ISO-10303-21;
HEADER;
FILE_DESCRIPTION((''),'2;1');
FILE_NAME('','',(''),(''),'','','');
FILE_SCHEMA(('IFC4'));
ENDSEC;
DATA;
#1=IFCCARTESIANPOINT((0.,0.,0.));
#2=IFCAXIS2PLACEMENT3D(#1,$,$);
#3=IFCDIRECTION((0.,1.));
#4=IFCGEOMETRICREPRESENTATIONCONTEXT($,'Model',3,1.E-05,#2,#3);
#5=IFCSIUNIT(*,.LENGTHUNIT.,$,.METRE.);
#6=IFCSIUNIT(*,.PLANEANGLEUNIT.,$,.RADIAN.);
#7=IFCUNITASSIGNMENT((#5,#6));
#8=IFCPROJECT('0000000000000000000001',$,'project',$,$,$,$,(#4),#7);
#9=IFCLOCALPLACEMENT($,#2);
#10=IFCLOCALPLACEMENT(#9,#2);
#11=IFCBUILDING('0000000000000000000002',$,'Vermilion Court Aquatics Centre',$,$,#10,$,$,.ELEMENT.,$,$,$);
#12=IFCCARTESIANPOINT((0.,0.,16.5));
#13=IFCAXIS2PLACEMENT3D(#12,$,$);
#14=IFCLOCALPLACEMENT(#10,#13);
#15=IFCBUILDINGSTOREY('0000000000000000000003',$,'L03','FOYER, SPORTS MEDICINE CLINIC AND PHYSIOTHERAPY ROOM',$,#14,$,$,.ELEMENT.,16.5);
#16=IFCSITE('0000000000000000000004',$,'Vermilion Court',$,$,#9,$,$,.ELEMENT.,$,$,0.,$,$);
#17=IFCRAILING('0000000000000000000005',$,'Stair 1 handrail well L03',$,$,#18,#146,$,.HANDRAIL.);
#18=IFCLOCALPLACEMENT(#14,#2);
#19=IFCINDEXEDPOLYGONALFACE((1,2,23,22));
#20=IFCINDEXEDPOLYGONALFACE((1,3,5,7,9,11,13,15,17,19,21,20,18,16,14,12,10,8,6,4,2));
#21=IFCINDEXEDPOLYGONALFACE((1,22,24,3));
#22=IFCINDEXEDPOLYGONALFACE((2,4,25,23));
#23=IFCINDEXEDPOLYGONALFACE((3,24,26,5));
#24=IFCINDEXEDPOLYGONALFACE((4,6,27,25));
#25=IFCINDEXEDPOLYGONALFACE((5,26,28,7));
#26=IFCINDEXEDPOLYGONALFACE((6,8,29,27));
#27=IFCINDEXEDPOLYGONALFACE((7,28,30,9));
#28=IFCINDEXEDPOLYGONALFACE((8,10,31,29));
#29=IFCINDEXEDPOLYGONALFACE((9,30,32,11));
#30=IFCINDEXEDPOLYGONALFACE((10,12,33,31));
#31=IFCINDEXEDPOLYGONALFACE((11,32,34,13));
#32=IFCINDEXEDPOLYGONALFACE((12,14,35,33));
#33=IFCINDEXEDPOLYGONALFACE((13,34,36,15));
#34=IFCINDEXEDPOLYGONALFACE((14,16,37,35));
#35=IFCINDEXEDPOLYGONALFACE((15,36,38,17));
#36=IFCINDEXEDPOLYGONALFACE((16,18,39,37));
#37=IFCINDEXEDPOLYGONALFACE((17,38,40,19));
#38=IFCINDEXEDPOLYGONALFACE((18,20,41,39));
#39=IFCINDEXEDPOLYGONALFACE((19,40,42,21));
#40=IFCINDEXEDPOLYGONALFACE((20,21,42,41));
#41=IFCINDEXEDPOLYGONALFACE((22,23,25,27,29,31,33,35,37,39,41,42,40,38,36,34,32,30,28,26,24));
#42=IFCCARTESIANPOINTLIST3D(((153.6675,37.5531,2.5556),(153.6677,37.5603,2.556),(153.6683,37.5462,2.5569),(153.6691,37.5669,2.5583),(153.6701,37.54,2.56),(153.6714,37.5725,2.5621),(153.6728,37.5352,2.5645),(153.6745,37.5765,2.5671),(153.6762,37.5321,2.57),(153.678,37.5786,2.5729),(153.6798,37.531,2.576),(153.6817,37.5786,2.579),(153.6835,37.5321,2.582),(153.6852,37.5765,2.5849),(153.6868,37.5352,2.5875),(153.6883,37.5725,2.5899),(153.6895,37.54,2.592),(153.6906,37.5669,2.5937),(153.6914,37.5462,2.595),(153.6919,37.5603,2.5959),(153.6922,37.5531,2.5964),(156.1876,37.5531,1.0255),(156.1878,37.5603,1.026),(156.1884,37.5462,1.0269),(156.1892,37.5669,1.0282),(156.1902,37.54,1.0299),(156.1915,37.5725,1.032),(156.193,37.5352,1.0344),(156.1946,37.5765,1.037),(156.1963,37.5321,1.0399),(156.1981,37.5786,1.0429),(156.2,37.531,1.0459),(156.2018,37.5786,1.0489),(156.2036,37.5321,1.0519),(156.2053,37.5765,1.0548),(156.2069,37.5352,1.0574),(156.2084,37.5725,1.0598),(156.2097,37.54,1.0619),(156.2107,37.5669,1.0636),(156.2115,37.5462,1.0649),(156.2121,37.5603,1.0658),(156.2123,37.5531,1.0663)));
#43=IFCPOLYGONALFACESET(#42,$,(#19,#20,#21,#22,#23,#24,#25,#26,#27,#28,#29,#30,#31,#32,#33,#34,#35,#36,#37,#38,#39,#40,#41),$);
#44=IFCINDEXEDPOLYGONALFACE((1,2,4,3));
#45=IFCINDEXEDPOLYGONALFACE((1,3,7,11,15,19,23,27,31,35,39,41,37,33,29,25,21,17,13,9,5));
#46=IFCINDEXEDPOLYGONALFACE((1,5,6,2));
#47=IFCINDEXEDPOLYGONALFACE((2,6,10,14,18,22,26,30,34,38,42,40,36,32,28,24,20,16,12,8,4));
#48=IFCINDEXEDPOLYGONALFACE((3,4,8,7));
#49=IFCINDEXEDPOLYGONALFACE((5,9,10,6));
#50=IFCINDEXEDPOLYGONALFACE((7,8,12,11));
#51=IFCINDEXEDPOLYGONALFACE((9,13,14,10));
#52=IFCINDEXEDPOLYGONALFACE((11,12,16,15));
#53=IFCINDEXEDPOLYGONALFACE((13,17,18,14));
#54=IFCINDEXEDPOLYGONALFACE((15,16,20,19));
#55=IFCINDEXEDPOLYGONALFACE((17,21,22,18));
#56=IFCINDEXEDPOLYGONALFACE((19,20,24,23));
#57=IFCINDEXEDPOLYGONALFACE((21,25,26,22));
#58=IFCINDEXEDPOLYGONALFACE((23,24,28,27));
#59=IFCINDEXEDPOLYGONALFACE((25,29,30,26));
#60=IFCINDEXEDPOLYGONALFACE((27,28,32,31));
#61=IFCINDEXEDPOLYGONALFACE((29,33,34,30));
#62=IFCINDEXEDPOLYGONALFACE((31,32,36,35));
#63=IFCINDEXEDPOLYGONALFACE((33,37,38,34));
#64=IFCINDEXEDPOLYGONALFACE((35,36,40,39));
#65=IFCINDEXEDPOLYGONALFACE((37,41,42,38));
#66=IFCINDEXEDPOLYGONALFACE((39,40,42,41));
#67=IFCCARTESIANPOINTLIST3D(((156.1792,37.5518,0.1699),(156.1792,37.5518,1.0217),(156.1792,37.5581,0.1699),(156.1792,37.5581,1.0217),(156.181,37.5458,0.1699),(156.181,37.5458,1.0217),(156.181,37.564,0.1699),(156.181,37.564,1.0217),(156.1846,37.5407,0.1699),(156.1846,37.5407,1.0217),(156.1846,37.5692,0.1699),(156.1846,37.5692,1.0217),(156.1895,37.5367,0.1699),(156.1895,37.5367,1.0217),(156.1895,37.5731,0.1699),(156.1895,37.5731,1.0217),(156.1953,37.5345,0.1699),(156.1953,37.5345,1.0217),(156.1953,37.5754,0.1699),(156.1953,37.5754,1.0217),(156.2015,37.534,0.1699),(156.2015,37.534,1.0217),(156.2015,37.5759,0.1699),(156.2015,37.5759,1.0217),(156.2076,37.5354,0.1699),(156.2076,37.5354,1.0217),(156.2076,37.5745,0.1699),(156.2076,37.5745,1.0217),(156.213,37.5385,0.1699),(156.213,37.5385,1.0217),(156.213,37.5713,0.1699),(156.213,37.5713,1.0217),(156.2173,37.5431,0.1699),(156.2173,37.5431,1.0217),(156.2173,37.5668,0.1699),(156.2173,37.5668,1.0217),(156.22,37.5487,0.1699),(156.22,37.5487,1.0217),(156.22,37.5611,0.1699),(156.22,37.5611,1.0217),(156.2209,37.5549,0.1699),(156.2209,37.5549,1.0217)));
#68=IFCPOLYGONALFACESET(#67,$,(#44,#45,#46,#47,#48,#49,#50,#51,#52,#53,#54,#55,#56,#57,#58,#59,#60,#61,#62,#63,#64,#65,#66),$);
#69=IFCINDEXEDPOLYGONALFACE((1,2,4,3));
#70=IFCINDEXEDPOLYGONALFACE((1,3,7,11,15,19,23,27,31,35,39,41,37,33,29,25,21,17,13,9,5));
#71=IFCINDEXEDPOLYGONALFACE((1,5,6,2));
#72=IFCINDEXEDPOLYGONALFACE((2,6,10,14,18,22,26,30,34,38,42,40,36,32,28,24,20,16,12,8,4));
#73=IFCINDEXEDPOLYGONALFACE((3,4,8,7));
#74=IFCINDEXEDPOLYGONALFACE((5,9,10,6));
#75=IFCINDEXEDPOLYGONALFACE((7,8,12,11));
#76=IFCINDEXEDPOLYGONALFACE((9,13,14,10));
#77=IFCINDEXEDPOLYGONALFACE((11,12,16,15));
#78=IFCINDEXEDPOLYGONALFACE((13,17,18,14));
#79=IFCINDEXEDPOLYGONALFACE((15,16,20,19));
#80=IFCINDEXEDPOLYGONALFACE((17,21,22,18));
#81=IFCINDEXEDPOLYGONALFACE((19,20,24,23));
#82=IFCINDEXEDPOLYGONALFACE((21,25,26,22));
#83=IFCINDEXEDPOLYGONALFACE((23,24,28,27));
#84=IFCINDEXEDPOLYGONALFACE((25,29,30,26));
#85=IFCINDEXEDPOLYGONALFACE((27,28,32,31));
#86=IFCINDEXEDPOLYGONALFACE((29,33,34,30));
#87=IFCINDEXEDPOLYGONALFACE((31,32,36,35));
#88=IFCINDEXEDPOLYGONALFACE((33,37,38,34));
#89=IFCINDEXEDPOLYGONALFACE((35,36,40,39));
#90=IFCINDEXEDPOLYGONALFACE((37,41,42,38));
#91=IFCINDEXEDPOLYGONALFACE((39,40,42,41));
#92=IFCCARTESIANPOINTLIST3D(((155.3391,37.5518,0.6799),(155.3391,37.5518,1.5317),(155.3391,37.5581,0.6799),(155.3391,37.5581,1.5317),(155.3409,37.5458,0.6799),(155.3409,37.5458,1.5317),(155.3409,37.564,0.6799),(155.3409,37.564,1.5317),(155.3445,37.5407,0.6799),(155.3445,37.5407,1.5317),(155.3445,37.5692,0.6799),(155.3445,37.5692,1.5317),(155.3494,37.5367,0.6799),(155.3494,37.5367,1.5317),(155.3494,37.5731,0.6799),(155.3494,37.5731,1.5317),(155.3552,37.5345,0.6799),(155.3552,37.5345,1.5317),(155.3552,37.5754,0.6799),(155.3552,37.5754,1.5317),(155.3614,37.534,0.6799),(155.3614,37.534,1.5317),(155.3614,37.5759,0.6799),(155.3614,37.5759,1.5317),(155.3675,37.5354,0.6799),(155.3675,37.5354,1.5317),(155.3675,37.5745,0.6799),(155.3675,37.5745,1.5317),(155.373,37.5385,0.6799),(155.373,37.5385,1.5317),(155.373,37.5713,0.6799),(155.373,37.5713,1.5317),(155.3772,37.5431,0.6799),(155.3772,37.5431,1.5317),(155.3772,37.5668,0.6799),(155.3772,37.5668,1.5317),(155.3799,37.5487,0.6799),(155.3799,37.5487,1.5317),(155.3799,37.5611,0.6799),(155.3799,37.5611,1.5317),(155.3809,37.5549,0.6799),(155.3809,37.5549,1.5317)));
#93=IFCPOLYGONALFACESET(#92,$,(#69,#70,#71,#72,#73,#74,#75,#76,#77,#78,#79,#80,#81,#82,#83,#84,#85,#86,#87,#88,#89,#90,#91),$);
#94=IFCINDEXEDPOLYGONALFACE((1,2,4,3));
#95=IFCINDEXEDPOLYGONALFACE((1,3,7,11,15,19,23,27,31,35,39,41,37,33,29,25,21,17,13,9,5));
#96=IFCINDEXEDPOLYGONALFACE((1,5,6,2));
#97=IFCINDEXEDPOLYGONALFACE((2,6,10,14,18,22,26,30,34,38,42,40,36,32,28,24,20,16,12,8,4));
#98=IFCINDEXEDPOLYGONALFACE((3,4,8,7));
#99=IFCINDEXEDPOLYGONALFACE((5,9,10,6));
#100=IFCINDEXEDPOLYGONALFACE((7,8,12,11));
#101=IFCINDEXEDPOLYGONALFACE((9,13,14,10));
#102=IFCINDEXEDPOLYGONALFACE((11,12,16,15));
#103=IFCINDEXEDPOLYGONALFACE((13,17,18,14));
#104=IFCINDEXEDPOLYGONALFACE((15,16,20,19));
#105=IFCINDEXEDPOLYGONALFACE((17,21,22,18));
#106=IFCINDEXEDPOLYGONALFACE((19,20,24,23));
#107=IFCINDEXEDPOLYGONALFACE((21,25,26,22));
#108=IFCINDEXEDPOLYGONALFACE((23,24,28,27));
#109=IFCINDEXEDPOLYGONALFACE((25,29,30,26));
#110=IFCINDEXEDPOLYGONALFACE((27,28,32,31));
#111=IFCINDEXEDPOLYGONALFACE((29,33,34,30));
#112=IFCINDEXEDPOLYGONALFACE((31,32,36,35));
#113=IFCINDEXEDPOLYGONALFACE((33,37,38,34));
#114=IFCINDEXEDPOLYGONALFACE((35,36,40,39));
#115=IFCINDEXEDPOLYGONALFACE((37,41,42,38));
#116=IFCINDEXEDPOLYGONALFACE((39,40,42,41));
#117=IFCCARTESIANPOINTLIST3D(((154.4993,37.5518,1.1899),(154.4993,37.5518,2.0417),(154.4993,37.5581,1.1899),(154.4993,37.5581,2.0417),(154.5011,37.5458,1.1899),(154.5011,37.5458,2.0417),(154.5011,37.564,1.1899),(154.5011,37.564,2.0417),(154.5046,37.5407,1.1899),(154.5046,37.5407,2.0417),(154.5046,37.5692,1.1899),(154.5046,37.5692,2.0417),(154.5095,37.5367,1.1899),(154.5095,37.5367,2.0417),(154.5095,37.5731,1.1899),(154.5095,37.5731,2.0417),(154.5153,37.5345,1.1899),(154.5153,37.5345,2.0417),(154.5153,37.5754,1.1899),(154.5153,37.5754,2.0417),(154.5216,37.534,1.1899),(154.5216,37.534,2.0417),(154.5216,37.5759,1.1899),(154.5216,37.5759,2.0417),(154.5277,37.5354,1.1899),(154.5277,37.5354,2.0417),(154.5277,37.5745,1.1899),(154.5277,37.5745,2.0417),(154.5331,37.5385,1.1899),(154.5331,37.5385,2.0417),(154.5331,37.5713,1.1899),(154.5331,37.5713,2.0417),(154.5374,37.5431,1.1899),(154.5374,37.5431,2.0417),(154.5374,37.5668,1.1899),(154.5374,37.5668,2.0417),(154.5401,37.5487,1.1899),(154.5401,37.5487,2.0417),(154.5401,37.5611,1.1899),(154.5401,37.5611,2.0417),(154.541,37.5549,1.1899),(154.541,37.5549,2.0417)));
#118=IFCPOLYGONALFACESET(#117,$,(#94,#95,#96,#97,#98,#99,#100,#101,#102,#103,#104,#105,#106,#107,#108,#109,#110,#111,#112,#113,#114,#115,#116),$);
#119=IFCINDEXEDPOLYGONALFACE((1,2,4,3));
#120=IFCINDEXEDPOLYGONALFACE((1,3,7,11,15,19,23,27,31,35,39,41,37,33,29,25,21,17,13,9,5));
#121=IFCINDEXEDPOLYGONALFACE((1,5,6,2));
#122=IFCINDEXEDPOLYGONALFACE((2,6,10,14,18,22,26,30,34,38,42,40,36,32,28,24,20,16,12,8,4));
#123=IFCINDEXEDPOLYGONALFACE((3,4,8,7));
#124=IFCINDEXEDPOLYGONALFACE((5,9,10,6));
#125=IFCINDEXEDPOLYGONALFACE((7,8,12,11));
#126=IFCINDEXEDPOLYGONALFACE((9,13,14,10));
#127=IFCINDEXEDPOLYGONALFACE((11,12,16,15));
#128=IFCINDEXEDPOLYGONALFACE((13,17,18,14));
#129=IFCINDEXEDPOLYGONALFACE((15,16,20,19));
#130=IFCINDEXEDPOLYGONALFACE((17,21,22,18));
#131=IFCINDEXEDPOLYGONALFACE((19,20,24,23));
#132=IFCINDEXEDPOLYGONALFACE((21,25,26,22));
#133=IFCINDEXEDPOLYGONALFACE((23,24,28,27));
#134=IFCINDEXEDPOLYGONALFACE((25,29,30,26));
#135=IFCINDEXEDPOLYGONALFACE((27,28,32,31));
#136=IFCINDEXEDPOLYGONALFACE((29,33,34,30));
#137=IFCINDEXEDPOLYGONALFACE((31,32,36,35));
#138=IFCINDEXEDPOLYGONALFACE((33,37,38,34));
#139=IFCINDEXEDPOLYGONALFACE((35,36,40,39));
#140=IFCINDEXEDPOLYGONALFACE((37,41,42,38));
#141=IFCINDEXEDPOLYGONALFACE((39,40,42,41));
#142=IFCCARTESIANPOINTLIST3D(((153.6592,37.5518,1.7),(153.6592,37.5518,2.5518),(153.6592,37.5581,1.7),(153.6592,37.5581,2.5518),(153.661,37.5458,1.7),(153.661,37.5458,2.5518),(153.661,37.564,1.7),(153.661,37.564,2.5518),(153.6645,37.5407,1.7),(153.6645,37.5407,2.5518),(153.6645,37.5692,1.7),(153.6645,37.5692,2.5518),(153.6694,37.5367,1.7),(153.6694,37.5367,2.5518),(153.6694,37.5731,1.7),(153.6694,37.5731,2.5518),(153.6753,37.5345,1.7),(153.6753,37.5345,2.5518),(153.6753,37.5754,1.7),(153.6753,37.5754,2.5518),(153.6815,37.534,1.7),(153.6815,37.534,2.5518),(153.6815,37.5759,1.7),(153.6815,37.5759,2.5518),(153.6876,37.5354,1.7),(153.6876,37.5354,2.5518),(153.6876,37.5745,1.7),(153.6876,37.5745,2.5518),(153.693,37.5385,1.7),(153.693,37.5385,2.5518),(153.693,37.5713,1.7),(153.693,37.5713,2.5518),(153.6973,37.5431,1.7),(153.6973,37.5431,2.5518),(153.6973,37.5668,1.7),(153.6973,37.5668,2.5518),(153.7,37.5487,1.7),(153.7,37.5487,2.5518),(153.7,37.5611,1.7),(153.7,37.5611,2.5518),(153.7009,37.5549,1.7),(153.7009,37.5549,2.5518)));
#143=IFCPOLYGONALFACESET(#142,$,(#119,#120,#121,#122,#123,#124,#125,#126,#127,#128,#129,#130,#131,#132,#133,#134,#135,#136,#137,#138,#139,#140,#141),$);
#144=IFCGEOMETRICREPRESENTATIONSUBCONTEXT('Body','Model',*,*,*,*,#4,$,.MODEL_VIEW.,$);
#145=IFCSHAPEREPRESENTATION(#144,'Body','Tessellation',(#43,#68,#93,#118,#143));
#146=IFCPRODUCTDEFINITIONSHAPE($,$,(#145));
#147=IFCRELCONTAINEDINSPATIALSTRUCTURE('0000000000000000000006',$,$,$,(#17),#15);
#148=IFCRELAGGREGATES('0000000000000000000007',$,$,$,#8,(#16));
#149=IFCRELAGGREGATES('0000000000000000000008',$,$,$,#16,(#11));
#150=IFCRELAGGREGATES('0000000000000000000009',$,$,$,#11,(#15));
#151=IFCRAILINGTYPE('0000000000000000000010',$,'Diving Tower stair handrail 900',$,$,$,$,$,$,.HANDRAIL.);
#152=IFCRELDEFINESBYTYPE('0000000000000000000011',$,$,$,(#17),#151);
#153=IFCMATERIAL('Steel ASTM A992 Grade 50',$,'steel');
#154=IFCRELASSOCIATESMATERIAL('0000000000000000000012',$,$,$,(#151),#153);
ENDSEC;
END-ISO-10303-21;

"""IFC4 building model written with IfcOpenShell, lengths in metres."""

from ifc_helpers import new_model, si_unit, direction, frame, origin, origin_2d, place, context, subcontext, project, spatial, circle, extrude, material, type_object, element, save


model = new_model("IFC4")

# Units and contexts
model_context = context("Model", 3, precision=1e-05, world=origin(), true_north=direction((0.0, 1.0)))
body_context = subcontext(model_context, "Body", "Model", "MODEL_VIEW")
ifc_project = project(units=[si_unit("LENGTHUNIT", "METRE"), si_unit("PLANEANGLEUNIT", "RADIAN")], contexts=[model_context])

# Site, building, storey
site_placement = place(None, origin())
site = spatial("IfcSite", under=ifc_project, at=site_placement, Name="Vermilion Court", CompositionType="ELEMENT", RefElevation=0.0)
building_placement = place(site_placement, origin())
building = spatial("IfcBuilding", under=site, at=building_placement, Name="Vermilion Court Aquatics Centre", CompositionType="ELEMENT")
storey_placement = place(building_placement, frame((0.0, 0.0, 16.5)))
storey = spatial("IfcBuildingStorey", under=building, at=storey_placement, Name="L03", Description="FOYER, SPORTS MEDICINE CLINIC AND PHYSIOTHERAPY ROOM", CompositionType="ELEMENT", Elevation=16.5)

# Railing
ifc_material_1 = material(Name="Steel ASTM A992 Grade 50", Category="steel")
railing_type_1 = type_object("IfcRailingType", Name="Diving Tower stair handrail 900", PredefinedType="HANDRAIL", material=ifc_material_1)
for number, where, name in (
    (1, (156.2, 37.5549, 0.1699), "Stair 1 handrail well L03"),
):
    element("IfcRailing", number, at=place(storey_placement, frame(where)), inside=storey, type_object=railing_type_1, Name=name, PredefinedType="HANDRAIL", context=body_context, shape_type="SweptSolid", body=[
        extrude(circle(Radius=0.0239, at=origin_2d()), frame((0.0, 0.0, 0.876), z_axis=(-0.854785, 0.0, 0.518982), x_axis=(0.0, -1.0, 0.0)), (0.0, 0.0, 1.0), 2.9482),
        extrude(circle(Radius=0.021, at=origin_2d()), origin(), (0.0, 0.0, 1.0), 0.8518),
        extrude(circle(Radius=0.021, at=origin_2d()), frame((-0.8401, 0.0, 0.51)), (0.0, 0.0, 1.0), 0.8518),
        extrude(circle(Radius=0.021, at=origin_2d()), frame((-1.6799, 0.0, 1.02)), (0.0, 0.0, 1.0), 0.8518),
        extrude(circle(Radius=0.021, at=origin_2d()), frame((-2.52, 0.0, 1.53)), (0.0, 0.0, 1.0), 0.8518),
    ])

save(model, "model.ifc")
